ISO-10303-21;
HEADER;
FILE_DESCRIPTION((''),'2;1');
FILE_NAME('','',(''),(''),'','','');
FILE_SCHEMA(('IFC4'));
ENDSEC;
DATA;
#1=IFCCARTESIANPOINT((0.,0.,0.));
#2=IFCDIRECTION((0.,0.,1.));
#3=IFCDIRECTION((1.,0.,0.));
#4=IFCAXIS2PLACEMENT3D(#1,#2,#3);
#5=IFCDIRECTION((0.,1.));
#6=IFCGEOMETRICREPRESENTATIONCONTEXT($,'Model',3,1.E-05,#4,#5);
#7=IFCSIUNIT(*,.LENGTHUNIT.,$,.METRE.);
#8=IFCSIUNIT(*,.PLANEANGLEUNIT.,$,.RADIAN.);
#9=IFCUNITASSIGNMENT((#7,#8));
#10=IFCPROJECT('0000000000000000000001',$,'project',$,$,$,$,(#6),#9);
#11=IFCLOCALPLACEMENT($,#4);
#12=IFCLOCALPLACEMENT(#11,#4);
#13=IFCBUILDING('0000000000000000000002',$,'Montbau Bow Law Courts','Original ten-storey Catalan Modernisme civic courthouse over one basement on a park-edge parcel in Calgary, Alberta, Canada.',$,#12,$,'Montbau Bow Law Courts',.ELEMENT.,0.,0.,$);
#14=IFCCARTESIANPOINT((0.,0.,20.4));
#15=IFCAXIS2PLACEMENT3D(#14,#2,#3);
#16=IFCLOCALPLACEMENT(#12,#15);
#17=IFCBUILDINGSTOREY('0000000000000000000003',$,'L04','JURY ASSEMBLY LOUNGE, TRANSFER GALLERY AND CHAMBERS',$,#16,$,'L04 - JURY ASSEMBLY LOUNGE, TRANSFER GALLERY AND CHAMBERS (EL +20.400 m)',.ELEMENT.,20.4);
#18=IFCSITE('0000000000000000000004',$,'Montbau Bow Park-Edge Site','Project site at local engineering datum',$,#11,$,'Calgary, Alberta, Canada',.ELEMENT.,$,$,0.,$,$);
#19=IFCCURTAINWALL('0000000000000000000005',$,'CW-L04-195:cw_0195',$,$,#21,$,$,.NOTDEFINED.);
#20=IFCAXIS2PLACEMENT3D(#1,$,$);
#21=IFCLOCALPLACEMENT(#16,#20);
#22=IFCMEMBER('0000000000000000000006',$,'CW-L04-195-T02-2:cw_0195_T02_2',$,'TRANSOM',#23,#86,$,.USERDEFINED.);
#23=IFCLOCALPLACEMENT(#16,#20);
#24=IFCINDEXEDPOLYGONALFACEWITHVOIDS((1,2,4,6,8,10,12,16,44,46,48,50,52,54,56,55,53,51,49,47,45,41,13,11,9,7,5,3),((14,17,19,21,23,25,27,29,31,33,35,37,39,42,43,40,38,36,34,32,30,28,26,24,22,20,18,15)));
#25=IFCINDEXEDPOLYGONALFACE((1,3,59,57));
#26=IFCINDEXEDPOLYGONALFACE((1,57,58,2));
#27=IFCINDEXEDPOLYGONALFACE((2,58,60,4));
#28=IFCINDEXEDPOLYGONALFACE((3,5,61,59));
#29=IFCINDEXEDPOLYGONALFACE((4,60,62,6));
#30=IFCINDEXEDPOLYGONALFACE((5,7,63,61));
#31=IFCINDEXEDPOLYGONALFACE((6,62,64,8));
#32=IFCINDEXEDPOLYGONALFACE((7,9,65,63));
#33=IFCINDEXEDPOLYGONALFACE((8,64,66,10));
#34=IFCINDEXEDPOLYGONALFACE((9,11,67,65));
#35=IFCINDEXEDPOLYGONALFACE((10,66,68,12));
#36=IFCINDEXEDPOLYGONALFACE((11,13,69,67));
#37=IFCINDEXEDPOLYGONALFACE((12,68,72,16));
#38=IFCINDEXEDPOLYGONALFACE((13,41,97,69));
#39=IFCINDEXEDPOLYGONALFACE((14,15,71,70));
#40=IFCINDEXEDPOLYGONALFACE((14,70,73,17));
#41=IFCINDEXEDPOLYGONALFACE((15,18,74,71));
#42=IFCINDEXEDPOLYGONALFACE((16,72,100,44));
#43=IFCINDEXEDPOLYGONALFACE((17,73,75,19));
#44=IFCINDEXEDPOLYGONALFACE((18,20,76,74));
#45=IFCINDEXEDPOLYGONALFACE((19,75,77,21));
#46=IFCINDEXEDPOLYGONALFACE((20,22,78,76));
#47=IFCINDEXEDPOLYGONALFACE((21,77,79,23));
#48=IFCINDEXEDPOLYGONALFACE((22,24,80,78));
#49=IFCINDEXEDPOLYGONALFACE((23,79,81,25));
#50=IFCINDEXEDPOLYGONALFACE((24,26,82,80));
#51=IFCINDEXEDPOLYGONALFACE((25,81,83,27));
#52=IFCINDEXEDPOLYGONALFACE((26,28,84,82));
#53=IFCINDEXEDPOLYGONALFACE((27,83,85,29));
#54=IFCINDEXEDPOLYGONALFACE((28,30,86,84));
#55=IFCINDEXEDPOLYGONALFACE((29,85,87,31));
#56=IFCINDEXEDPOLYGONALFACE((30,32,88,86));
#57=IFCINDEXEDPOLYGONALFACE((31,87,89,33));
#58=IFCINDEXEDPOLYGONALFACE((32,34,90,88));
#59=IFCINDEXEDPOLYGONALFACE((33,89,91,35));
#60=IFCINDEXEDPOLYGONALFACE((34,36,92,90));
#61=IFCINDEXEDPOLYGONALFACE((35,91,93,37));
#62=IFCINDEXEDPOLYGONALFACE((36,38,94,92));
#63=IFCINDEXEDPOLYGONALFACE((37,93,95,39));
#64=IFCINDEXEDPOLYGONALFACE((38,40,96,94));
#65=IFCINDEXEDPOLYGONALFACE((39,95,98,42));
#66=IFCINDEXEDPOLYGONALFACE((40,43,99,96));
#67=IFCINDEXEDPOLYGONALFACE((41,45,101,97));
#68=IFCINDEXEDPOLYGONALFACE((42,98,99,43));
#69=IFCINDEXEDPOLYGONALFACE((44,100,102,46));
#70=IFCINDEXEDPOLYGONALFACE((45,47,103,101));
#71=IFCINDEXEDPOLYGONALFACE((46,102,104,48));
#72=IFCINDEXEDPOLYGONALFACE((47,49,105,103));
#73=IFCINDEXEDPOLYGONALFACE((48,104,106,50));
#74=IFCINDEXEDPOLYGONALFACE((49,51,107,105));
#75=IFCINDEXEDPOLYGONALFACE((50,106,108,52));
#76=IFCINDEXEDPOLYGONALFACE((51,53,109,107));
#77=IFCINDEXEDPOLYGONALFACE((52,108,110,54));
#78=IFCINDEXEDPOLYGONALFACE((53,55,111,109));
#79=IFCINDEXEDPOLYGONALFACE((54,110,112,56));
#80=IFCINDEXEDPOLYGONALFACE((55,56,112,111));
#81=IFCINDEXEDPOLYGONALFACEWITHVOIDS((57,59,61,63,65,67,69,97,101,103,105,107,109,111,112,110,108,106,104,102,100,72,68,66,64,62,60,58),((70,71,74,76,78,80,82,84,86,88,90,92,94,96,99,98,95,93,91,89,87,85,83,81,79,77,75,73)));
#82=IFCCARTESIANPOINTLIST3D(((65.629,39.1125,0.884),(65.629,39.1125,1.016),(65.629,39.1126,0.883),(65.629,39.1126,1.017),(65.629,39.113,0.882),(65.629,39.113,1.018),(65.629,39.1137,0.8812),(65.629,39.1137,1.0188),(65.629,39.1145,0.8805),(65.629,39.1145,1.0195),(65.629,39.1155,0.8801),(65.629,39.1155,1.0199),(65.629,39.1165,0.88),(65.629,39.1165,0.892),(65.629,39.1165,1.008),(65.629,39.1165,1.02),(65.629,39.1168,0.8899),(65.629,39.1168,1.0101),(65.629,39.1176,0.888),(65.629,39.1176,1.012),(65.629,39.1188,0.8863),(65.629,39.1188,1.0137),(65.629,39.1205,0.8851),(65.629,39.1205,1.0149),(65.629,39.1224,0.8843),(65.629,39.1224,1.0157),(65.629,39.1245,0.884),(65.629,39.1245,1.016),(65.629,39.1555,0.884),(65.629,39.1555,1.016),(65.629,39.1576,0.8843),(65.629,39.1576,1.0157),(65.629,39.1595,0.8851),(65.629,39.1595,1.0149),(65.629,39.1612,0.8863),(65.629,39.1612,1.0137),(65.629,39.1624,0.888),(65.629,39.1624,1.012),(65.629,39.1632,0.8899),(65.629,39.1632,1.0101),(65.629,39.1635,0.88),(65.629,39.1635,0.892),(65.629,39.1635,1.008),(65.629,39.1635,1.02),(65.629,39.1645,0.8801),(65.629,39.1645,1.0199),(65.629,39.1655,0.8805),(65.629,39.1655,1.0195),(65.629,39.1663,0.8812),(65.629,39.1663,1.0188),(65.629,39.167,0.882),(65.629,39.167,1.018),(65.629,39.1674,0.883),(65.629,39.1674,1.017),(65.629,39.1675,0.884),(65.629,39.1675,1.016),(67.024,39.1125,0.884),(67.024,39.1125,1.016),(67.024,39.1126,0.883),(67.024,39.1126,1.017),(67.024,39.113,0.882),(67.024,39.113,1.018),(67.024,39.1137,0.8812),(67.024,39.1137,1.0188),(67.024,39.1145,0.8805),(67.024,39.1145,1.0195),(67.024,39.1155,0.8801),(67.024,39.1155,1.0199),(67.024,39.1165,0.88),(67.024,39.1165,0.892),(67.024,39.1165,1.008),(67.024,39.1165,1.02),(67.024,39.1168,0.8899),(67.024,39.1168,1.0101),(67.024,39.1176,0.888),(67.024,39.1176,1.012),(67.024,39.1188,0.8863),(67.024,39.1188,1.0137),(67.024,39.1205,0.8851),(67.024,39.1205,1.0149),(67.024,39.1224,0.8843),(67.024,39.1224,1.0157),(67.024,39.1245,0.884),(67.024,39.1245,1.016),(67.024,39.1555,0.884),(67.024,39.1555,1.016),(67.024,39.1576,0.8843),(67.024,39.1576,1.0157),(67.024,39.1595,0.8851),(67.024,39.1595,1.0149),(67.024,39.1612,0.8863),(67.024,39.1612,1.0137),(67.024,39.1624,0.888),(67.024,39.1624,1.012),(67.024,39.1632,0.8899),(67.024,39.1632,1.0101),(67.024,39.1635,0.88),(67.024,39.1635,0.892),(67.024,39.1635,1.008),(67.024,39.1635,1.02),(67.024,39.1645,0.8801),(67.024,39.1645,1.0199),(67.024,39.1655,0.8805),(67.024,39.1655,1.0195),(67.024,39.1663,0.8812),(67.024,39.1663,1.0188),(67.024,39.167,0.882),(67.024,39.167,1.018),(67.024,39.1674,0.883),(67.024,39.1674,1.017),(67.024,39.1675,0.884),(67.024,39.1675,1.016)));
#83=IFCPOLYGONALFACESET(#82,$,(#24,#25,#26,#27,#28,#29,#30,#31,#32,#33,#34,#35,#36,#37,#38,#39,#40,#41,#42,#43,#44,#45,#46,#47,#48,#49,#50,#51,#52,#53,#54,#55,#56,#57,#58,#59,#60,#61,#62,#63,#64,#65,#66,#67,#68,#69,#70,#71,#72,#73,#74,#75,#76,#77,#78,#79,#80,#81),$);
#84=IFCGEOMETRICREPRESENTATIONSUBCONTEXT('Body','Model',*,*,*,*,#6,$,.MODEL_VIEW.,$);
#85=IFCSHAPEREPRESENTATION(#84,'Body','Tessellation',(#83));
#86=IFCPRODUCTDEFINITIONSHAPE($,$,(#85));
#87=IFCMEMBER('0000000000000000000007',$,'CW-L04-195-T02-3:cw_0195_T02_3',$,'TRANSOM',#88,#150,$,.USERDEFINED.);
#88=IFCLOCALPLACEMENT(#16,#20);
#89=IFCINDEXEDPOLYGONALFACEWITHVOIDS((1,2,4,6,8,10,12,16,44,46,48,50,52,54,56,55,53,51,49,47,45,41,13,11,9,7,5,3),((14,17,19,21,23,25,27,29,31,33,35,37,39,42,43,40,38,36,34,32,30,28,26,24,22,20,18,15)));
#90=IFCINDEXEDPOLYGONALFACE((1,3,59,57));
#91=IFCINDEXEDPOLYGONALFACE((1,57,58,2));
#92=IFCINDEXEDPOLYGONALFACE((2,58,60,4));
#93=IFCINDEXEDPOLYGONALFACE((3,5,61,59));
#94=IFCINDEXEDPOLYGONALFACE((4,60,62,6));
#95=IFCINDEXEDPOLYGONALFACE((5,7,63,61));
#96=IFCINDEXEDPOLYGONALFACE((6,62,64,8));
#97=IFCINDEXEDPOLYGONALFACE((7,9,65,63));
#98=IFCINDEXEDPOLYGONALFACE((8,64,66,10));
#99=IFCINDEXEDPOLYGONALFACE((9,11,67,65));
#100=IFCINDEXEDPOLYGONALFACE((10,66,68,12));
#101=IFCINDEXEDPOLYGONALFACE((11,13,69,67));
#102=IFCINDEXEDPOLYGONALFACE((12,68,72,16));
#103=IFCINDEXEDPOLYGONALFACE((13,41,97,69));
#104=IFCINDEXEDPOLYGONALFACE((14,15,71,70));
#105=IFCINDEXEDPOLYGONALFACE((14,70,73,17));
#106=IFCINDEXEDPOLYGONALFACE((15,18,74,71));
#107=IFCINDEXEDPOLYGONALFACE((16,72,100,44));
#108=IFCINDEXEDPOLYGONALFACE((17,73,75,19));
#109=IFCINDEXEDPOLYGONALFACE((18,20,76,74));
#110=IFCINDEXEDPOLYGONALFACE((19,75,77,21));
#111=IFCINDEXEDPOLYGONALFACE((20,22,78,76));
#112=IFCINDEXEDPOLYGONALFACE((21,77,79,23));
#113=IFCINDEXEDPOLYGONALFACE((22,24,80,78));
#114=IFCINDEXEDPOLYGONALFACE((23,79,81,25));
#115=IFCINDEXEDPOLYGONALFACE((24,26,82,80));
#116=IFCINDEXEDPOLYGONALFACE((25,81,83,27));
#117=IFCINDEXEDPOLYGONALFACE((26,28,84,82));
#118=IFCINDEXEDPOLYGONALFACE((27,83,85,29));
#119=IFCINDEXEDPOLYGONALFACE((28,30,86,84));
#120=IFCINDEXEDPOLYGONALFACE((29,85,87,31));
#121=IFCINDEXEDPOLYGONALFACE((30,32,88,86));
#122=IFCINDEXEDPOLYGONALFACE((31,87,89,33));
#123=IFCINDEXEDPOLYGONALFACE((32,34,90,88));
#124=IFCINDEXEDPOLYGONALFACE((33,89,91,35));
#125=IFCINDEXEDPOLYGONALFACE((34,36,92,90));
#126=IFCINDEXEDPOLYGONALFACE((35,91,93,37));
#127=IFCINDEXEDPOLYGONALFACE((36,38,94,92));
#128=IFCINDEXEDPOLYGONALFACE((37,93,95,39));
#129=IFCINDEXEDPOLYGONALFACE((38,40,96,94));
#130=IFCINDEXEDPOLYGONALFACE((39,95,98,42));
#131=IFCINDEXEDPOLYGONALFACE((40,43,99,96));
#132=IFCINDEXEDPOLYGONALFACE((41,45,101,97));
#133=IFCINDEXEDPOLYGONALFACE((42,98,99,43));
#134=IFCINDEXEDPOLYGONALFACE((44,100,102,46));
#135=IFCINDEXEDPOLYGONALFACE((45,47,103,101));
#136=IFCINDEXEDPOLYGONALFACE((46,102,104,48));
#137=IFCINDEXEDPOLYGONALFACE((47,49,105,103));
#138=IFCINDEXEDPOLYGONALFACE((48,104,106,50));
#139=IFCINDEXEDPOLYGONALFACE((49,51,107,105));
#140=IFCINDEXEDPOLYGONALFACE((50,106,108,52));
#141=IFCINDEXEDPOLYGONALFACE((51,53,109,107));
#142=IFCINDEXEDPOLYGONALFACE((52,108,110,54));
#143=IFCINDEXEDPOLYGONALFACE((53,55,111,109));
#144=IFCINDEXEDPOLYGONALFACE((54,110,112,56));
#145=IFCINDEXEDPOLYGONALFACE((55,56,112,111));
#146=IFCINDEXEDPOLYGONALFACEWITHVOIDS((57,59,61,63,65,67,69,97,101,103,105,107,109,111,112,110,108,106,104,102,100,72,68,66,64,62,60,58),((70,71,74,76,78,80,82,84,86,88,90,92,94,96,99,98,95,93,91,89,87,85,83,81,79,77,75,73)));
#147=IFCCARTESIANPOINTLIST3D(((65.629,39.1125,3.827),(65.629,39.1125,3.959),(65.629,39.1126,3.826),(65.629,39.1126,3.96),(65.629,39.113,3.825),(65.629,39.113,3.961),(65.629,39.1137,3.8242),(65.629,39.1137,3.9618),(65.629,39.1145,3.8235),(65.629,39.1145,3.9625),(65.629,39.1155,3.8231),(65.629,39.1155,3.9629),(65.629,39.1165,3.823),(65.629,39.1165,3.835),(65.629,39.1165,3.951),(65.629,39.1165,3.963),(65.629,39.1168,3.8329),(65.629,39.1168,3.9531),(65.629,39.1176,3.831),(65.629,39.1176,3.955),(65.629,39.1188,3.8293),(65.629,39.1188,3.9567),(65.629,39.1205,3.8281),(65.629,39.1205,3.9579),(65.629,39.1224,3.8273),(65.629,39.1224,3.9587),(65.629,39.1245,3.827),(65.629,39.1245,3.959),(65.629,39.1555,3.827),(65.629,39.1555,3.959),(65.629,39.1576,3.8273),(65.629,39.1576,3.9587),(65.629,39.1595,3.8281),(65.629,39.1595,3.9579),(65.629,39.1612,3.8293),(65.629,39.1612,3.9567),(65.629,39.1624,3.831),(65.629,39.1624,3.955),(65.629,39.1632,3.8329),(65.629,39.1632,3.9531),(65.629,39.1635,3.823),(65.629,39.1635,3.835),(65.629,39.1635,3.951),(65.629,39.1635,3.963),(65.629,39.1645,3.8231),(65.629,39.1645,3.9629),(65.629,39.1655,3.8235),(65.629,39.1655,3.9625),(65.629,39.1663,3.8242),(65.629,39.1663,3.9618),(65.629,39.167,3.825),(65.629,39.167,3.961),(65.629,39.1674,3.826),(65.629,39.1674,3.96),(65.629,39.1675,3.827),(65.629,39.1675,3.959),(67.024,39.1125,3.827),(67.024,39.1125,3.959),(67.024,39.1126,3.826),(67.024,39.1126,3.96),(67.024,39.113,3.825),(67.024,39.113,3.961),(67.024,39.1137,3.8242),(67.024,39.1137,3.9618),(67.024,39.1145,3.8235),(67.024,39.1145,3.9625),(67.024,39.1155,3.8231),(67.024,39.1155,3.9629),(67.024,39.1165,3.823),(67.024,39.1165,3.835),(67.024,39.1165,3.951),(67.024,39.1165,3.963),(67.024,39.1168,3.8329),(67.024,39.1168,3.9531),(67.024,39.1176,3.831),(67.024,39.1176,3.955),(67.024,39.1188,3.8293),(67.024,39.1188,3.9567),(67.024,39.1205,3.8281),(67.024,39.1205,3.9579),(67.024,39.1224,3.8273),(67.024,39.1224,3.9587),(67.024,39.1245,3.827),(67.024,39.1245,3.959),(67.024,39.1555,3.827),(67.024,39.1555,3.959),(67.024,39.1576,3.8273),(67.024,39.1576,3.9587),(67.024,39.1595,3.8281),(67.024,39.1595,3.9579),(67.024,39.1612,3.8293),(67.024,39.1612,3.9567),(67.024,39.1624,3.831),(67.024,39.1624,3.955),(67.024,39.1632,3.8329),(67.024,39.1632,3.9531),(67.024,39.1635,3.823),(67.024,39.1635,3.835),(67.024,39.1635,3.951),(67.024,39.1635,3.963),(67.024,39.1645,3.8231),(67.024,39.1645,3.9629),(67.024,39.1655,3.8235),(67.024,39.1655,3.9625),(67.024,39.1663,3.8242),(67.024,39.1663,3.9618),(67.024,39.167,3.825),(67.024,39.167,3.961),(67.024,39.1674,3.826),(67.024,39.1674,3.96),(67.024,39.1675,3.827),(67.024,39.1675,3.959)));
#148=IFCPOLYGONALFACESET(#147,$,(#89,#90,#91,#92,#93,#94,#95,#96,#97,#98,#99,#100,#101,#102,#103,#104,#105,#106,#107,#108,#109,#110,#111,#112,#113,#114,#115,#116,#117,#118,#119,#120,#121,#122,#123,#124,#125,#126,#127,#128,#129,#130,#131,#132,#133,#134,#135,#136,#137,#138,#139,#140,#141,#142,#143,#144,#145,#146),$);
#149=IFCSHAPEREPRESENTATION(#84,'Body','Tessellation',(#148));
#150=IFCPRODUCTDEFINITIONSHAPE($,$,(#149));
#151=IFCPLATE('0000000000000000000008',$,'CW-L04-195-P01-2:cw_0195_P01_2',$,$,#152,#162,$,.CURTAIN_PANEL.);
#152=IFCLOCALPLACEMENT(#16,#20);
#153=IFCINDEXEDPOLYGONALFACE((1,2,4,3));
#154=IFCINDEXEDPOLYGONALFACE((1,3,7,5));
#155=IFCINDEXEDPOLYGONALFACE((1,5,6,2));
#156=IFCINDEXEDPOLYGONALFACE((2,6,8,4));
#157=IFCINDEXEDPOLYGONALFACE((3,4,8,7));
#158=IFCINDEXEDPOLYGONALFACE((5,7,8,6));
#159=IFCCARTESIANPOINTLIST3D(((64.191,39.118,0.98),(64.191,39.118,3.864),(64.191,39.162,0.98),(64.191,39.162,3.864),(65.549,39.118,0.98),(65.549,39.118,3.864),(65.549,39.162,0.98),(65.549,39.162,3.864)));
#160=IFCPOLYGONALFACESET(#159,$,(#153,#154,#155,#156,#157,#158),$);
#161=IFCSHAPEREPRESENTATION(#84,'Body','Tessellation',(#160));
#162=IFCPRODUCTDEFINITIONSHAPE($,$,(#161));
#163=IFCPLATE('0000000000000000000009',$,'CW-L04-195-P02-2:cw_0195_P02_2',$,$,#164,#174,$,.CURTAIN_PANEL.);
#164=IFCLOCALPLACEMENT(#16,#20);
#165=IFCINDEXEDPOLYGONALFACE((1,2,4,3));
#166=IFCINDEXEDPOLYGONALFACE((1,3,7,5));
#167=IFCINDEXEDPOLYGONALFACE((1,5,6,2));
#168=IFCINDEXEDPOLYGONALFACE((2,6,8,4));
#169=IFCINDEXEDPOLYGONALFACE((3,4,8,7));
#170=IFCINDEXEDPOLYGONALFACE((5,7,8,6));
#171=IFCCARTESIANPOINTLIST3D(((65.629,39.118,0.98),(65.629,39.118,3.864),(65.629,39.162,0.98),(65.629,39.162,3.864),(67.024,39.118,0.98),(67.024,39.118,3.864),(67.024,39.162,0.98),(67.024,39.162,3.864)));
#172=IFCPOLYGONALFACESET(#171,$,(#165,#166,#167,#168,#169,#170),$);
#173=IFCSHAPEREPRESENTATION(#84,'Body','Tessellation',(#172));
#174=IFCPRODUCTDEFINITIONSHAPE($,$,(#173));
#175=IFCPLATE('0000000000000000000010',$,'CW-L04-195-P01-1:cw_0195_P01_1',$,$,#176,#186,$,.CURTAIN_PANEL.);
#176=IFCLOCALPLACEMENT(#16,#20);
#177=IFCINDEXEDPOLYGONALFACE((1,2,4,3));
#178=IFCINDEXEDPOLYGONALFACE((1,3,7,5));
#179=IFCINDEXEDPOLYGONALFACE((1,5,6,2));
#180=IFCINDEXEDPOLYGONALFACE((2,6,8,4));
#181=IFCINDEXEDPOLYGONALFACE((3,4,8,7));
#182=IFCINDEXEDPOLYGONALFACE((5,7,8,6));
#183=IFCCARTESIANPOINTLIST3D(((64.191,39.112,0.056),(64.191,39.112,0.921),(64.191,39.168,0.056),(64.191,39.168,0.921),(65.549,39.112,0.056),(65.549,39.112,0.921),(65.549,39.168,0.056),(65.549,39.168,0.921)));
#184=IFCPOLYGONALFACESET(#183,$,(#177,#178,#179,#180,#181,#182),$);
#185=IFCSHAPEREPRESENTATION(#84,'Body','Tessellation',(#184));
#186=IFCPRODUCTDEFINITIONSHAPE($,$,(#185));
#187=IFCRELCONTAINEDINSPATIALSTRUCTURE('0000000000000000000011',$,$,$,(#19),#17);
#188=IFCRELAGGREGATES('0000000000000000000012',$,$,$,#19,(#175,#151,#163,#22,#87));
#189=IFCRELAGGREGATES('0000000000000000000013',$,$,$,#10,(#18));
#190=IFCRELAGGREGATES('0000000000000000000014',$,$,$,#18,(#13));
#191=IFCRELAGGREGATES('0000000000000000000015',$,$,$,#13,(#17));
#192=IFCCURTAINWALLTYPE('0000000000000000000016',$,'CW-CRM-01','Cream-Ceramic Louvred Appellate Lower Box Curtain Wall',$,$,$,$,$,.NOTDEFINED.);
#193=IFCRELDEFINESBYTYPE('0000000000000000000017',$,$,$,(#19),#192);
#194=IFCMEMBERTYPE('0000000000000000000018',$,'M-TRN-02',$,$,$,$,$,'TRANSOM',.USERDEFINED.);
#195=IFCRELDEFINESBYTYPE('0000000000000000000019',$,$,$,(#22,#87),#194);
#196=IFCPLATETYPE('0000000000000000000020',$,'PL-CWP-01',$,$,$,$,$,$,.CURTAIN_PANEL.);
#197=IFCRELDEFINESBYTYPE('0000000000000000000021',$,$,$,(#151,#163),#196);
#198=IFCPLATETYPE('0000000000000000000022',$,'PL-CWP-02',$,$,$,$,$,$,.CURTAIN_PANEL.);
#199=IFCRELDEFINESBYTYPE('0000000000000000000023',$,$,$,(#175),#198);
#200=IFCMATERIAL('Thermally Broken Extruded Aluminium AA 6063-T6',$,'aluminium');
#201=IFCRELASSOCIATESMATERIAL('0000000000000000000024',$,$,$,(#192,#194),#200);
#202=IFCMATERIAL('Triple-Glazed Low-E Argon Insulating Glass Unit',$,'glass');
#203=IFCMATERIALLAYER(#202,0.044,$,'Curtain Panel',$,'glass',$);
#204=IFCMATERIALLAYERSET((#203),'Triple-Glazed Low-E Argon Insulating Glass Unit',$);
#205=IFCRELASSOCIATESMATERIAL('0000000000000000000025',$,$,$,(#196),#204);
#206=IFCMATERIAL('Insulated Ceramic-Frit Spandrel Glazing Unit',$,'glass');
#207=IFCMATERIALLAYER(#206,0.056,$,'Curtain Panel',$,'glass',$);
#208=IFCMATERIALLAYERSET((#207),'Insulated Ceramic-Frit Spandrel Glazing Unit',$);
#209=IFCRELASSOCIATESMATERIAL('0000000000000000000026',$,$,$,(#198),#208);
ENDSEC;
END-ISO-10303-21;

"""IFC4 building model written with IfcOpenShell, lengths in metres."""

from ifc_helpers import new_model, si_unit, direction, frame, frame_2d, origin_with_axes, origin_2d_with_axis, place, context, subcontext, project, spatial, rectangle, hollow_rectangle, extrude, material, layer, layer_set, material_profile, profile_set, type_object, element, aggregate, save


model = new_model("IFC4")

# Units and contexts
model_context = context("Model", 3, precision=1e-05, world=origin_with_axes(), true_north=direction((0.0, 1.0)))
body_context = subcontext(model_context, "Body", "Model", "MODEL_VIEW")
ifc_project = project(units=[si_unit("LENGTHUNIT", "METRE"), si_unit("PLANEANGLEUNIT", "RADIAN")], contexts=[model_context])

# Site, building, storey
site_placement = place(None, origin_with_axes())
site = spatial("IfcSite", under=ifc_project, at=site_placement, Name="Montbau Bow Park-Edge Site", Description="Project site at local engineering datum", LongName="Calgary, Alberta, Canada", CompositionType="ELEMENT", RefElevation=0.0)
building_placement = place(site_placement, origin_with_axes())
building = spatial("IfcBuilding", under=site, at=building_placement, Name="Montbau Bow Law Courts", Description="Original ten-storey Catalan Modernisme civic courthouse over one basement on a park-edge parcel in Calgary, Alberta, Canada.", LongName="Montbau Bow Law Courts", CompositionType="ELEMENT", ElevationOfRefHeight=0.0, ElevationOfTerrain=0.0)
storey_placement = place(building_placement, frame((0.0, 0.0, 20.4), z_axis=(0.0, 0.0, 1.0), x_axis=(1.0, 0.0, 0.0)))
storey = spatial("IfcBuildingStorey", under=building, at=storey_placement, Name="L04", Description="JURY ASSEMBLY LOUNGE, TRANSFER GALLERY AND CHAMBERS", LongName="L04 - JURY ASSEMBLY LOUNGE, TRANSFER GALLERY AND CHAMBERS (EL +20.400 m)", CompositionType="ELEMENT", Elevation=20.4)

# Curtain wall
ifc_material_1 = material(Name="Thermally Broken Extruded Aluminium AA 6063-T6", Category="aluminium")
curtain_wall_type = type_object("IfcCurtainWallType", Name="CW-CRM-01", Description="Cream-Ceramic Louvred Appellate Lower Box Curtain Wall", PredefinedType="NOTDEFINED", material=ifc_material_1)
curtain_wall_1_placement = place(None, frame((64.115, 39.14, 20.4), z_axis=(0.0, 0.0, 1.0), x_axis=(1.0, 0.0, 0.0)))
curtain_wall_1 = element("IfcCurtainWall", 1, at=curtain_wall_1_placement, inside=storey, type_object=curtain_wall_type, Name="CW-L04-195:cw_0195", PredefinedType="NOTDEFINED")

# Members
ifc_material_profile_1 = material_profile(ifc_material_1, hollow_rectangle(XDim=0.055, YDim=0.14, WallThickness=0.004, InnerFilletRadius=0.008, OuterFilletRadius=0.004, at=origin_2d_with_axis()), Name="CWT-140X55", Category="Main", Priority=0)
ifc_profile_set_1 = profile_set([ifc_material_profile_1], Name="Thermally Broken Extruded Aluminium AA 6063-T6")
member_type_1 = type_object("IfcMemberType", Name="M-TRN-02", ElementType="TRANSOM", PredefinedType="USERDEFINED", material=ifc_profile_set_1)
member_1_placement = place(None, frame((65.629, 39.14, 21.35), z_axis=(1.0, 0.0, 0.0), x_axis=(0.0, 1.0, 0.0)))
member_1 = element("IfcMember", 2, at=member_1_placement, type_object=member_type_1, Name="CW-L04-195-T02-2:cw_0195_T02_2", ObjectType="TRANSOM", PredefinedType="USERDEFINED", context=body_context, shape_type="SweptSolid", body=[
    extrude(hollow_rectangle(XDim=0.055, YDim=0.14, WallThickness=0.004, InnerFilletRadius=0.008, OuterFilletRadius=0.004, at=origin_2d_with_axis()), origin_with_axes(), (0.0, 0.0, 1.0), 1.395),
])
member_2_placement = place(None, frame((65.629, 39.14, 24.293), z_axis=(1.0, 0.0, 0.0), x_axis=(0.0, 1.0, 0.0)))
member_2 = element("IfcMember", 3, at=member_2_placement, type_object=member_type_1, Name="CW-L04-195-T02-3:cw_0195_T02_3", ObjectType="TRANSOM", PredefinedType="USERDEFINED", context=body_context, shape_type="SweptSolid", body=[
    extrude(hollow_rectangle(XDim=0.055, YDim=0.14, WallThickness=0.004, InnerFilletRadius=0.008, OuterFilletRadius=0.004, at=origin_2d_with_axis()), origin_with_axes(), (0.0, 0.0, 1.0), 1.395),
])

# Plates
ifc_material_2 = material(Name="Triple-Glazed Low-E Argon Insulating Glass Unit", Category="glass")
ifc_layer_1 = layer(ifc_material_2, 0.044, Name="Curtain Panel", Category="glass")
ifc_layer_set_1 = layer_set([ifc_layer_1], Name="Triple-Glazed Low-E Argon Insulating Glass Unit")
plate_type_1 = type_object("IfcPlateType", Name="PL-CWP-01", PredefinedType="CURTAIN_PANEL", material=ifc_layer_set_1)
plate_1_placement = place(None, frame((64.191, 39.14, 21.38), z_axis=(0.0, -1.0, 0.0), x_axis=(1.0, 0.0, 0.0)))
plate_1 = element("IfcPlate", 4, at=plate_1_placement, type_object=plate_type_1, Name="CW-L04-195-P01-2:cw_0195_P01_2", PredefinedType="CURTAIN_PANEL", context=body_context, shape_type="SweptSolid", body=[
    extrude(rectangle(XDim=1.358, YDim=2.884, at=frame_2d((0.679, 1.442), x_axis=(1.0, 0.0))), frame((0.0, 0.0, -0.022), z_axis=(0.0, 0.0, 1.0), x_axis=(1.0, 0.0, 0.0)), (0.0, 0.0, 1.0), 0.044),
])
plate_2_placement = place(None, frame((65.629, 39.14, 21.38), z_axis=(0.0, -1.0, 0.0), x_axis=(1.0, 0.0, 0.0)))
plate_2 = element("IfcPlate", 5, at=plate_2_placement, type_object=plate_type_1, Name="CW-L04-195-P02-2:cw_0195_P02_2", PredefinedType="CURTAIN_PANEL", context=body_context, shape_type="SweptSolid", body=[
    extrude(rectangle(XDim=1.395, YDim=2.884, at=frame_2d((0.6975, 1.442), x_axis=(1.0, 0.0))), frame((0.0, 0.0, -0.022), z_axis=(0.0, 0.0, 1.0), x_axis=(1.0, 0.0, 0.0)), (0.0, 0.0, 1.0), 0.044),
])
ifc_material_3 = material(Name="Insulated Ceramic-Frit Spandrel Glazing Unit", Category="glass")
ifc_layer_2 = layer(ifc_material_3, 0.056, Name="Curtain Panel", Category="glass")
ifc_layer_set_2 = layer_set([ifc_layer_2], Name="Insulated Ceramic-Frit Spandrel Glazing Unit")
plate_type_2 = type_object("IfcPlateType", Name="PL-CWP-02", PredefinedType="CURTAIN_PANEL", material=ifc_layer_set_2)
plate_3_placement = place(None, frame((64.191, 39.14, 20.456), z_axis=(0.0, -1.0, 0.0), x_axis=(1.0, 0.0, 0.0)))
plate_3 = element("IfcPlate", 6, at=plate_3_placement, type_object=plate_type_2, Name="CW-L04-195-P01-1:cw_0195_P01_1", PredefinedType="CURTAIN_PANEL", context=body_context, shape_type="SweptSolid", body=[
    extrude(rectangle(XDim=1.358, YDim=0.865, at=frame_2d((0.679, 0.4325), x_axis=(1.0, 0.0))), frame((0.0, 0.0, -0.028), z_axis=(0.0, 0.0, 1.0), x_axis=(1.0, 0.0, 0.0)), (0.0, 0.0, 1.0), 0.056),
])
aggregate(curtain_wall_1, [plate_3, plate_1, plate_2, member_1, member_2])

save(model, "model.ifc")
